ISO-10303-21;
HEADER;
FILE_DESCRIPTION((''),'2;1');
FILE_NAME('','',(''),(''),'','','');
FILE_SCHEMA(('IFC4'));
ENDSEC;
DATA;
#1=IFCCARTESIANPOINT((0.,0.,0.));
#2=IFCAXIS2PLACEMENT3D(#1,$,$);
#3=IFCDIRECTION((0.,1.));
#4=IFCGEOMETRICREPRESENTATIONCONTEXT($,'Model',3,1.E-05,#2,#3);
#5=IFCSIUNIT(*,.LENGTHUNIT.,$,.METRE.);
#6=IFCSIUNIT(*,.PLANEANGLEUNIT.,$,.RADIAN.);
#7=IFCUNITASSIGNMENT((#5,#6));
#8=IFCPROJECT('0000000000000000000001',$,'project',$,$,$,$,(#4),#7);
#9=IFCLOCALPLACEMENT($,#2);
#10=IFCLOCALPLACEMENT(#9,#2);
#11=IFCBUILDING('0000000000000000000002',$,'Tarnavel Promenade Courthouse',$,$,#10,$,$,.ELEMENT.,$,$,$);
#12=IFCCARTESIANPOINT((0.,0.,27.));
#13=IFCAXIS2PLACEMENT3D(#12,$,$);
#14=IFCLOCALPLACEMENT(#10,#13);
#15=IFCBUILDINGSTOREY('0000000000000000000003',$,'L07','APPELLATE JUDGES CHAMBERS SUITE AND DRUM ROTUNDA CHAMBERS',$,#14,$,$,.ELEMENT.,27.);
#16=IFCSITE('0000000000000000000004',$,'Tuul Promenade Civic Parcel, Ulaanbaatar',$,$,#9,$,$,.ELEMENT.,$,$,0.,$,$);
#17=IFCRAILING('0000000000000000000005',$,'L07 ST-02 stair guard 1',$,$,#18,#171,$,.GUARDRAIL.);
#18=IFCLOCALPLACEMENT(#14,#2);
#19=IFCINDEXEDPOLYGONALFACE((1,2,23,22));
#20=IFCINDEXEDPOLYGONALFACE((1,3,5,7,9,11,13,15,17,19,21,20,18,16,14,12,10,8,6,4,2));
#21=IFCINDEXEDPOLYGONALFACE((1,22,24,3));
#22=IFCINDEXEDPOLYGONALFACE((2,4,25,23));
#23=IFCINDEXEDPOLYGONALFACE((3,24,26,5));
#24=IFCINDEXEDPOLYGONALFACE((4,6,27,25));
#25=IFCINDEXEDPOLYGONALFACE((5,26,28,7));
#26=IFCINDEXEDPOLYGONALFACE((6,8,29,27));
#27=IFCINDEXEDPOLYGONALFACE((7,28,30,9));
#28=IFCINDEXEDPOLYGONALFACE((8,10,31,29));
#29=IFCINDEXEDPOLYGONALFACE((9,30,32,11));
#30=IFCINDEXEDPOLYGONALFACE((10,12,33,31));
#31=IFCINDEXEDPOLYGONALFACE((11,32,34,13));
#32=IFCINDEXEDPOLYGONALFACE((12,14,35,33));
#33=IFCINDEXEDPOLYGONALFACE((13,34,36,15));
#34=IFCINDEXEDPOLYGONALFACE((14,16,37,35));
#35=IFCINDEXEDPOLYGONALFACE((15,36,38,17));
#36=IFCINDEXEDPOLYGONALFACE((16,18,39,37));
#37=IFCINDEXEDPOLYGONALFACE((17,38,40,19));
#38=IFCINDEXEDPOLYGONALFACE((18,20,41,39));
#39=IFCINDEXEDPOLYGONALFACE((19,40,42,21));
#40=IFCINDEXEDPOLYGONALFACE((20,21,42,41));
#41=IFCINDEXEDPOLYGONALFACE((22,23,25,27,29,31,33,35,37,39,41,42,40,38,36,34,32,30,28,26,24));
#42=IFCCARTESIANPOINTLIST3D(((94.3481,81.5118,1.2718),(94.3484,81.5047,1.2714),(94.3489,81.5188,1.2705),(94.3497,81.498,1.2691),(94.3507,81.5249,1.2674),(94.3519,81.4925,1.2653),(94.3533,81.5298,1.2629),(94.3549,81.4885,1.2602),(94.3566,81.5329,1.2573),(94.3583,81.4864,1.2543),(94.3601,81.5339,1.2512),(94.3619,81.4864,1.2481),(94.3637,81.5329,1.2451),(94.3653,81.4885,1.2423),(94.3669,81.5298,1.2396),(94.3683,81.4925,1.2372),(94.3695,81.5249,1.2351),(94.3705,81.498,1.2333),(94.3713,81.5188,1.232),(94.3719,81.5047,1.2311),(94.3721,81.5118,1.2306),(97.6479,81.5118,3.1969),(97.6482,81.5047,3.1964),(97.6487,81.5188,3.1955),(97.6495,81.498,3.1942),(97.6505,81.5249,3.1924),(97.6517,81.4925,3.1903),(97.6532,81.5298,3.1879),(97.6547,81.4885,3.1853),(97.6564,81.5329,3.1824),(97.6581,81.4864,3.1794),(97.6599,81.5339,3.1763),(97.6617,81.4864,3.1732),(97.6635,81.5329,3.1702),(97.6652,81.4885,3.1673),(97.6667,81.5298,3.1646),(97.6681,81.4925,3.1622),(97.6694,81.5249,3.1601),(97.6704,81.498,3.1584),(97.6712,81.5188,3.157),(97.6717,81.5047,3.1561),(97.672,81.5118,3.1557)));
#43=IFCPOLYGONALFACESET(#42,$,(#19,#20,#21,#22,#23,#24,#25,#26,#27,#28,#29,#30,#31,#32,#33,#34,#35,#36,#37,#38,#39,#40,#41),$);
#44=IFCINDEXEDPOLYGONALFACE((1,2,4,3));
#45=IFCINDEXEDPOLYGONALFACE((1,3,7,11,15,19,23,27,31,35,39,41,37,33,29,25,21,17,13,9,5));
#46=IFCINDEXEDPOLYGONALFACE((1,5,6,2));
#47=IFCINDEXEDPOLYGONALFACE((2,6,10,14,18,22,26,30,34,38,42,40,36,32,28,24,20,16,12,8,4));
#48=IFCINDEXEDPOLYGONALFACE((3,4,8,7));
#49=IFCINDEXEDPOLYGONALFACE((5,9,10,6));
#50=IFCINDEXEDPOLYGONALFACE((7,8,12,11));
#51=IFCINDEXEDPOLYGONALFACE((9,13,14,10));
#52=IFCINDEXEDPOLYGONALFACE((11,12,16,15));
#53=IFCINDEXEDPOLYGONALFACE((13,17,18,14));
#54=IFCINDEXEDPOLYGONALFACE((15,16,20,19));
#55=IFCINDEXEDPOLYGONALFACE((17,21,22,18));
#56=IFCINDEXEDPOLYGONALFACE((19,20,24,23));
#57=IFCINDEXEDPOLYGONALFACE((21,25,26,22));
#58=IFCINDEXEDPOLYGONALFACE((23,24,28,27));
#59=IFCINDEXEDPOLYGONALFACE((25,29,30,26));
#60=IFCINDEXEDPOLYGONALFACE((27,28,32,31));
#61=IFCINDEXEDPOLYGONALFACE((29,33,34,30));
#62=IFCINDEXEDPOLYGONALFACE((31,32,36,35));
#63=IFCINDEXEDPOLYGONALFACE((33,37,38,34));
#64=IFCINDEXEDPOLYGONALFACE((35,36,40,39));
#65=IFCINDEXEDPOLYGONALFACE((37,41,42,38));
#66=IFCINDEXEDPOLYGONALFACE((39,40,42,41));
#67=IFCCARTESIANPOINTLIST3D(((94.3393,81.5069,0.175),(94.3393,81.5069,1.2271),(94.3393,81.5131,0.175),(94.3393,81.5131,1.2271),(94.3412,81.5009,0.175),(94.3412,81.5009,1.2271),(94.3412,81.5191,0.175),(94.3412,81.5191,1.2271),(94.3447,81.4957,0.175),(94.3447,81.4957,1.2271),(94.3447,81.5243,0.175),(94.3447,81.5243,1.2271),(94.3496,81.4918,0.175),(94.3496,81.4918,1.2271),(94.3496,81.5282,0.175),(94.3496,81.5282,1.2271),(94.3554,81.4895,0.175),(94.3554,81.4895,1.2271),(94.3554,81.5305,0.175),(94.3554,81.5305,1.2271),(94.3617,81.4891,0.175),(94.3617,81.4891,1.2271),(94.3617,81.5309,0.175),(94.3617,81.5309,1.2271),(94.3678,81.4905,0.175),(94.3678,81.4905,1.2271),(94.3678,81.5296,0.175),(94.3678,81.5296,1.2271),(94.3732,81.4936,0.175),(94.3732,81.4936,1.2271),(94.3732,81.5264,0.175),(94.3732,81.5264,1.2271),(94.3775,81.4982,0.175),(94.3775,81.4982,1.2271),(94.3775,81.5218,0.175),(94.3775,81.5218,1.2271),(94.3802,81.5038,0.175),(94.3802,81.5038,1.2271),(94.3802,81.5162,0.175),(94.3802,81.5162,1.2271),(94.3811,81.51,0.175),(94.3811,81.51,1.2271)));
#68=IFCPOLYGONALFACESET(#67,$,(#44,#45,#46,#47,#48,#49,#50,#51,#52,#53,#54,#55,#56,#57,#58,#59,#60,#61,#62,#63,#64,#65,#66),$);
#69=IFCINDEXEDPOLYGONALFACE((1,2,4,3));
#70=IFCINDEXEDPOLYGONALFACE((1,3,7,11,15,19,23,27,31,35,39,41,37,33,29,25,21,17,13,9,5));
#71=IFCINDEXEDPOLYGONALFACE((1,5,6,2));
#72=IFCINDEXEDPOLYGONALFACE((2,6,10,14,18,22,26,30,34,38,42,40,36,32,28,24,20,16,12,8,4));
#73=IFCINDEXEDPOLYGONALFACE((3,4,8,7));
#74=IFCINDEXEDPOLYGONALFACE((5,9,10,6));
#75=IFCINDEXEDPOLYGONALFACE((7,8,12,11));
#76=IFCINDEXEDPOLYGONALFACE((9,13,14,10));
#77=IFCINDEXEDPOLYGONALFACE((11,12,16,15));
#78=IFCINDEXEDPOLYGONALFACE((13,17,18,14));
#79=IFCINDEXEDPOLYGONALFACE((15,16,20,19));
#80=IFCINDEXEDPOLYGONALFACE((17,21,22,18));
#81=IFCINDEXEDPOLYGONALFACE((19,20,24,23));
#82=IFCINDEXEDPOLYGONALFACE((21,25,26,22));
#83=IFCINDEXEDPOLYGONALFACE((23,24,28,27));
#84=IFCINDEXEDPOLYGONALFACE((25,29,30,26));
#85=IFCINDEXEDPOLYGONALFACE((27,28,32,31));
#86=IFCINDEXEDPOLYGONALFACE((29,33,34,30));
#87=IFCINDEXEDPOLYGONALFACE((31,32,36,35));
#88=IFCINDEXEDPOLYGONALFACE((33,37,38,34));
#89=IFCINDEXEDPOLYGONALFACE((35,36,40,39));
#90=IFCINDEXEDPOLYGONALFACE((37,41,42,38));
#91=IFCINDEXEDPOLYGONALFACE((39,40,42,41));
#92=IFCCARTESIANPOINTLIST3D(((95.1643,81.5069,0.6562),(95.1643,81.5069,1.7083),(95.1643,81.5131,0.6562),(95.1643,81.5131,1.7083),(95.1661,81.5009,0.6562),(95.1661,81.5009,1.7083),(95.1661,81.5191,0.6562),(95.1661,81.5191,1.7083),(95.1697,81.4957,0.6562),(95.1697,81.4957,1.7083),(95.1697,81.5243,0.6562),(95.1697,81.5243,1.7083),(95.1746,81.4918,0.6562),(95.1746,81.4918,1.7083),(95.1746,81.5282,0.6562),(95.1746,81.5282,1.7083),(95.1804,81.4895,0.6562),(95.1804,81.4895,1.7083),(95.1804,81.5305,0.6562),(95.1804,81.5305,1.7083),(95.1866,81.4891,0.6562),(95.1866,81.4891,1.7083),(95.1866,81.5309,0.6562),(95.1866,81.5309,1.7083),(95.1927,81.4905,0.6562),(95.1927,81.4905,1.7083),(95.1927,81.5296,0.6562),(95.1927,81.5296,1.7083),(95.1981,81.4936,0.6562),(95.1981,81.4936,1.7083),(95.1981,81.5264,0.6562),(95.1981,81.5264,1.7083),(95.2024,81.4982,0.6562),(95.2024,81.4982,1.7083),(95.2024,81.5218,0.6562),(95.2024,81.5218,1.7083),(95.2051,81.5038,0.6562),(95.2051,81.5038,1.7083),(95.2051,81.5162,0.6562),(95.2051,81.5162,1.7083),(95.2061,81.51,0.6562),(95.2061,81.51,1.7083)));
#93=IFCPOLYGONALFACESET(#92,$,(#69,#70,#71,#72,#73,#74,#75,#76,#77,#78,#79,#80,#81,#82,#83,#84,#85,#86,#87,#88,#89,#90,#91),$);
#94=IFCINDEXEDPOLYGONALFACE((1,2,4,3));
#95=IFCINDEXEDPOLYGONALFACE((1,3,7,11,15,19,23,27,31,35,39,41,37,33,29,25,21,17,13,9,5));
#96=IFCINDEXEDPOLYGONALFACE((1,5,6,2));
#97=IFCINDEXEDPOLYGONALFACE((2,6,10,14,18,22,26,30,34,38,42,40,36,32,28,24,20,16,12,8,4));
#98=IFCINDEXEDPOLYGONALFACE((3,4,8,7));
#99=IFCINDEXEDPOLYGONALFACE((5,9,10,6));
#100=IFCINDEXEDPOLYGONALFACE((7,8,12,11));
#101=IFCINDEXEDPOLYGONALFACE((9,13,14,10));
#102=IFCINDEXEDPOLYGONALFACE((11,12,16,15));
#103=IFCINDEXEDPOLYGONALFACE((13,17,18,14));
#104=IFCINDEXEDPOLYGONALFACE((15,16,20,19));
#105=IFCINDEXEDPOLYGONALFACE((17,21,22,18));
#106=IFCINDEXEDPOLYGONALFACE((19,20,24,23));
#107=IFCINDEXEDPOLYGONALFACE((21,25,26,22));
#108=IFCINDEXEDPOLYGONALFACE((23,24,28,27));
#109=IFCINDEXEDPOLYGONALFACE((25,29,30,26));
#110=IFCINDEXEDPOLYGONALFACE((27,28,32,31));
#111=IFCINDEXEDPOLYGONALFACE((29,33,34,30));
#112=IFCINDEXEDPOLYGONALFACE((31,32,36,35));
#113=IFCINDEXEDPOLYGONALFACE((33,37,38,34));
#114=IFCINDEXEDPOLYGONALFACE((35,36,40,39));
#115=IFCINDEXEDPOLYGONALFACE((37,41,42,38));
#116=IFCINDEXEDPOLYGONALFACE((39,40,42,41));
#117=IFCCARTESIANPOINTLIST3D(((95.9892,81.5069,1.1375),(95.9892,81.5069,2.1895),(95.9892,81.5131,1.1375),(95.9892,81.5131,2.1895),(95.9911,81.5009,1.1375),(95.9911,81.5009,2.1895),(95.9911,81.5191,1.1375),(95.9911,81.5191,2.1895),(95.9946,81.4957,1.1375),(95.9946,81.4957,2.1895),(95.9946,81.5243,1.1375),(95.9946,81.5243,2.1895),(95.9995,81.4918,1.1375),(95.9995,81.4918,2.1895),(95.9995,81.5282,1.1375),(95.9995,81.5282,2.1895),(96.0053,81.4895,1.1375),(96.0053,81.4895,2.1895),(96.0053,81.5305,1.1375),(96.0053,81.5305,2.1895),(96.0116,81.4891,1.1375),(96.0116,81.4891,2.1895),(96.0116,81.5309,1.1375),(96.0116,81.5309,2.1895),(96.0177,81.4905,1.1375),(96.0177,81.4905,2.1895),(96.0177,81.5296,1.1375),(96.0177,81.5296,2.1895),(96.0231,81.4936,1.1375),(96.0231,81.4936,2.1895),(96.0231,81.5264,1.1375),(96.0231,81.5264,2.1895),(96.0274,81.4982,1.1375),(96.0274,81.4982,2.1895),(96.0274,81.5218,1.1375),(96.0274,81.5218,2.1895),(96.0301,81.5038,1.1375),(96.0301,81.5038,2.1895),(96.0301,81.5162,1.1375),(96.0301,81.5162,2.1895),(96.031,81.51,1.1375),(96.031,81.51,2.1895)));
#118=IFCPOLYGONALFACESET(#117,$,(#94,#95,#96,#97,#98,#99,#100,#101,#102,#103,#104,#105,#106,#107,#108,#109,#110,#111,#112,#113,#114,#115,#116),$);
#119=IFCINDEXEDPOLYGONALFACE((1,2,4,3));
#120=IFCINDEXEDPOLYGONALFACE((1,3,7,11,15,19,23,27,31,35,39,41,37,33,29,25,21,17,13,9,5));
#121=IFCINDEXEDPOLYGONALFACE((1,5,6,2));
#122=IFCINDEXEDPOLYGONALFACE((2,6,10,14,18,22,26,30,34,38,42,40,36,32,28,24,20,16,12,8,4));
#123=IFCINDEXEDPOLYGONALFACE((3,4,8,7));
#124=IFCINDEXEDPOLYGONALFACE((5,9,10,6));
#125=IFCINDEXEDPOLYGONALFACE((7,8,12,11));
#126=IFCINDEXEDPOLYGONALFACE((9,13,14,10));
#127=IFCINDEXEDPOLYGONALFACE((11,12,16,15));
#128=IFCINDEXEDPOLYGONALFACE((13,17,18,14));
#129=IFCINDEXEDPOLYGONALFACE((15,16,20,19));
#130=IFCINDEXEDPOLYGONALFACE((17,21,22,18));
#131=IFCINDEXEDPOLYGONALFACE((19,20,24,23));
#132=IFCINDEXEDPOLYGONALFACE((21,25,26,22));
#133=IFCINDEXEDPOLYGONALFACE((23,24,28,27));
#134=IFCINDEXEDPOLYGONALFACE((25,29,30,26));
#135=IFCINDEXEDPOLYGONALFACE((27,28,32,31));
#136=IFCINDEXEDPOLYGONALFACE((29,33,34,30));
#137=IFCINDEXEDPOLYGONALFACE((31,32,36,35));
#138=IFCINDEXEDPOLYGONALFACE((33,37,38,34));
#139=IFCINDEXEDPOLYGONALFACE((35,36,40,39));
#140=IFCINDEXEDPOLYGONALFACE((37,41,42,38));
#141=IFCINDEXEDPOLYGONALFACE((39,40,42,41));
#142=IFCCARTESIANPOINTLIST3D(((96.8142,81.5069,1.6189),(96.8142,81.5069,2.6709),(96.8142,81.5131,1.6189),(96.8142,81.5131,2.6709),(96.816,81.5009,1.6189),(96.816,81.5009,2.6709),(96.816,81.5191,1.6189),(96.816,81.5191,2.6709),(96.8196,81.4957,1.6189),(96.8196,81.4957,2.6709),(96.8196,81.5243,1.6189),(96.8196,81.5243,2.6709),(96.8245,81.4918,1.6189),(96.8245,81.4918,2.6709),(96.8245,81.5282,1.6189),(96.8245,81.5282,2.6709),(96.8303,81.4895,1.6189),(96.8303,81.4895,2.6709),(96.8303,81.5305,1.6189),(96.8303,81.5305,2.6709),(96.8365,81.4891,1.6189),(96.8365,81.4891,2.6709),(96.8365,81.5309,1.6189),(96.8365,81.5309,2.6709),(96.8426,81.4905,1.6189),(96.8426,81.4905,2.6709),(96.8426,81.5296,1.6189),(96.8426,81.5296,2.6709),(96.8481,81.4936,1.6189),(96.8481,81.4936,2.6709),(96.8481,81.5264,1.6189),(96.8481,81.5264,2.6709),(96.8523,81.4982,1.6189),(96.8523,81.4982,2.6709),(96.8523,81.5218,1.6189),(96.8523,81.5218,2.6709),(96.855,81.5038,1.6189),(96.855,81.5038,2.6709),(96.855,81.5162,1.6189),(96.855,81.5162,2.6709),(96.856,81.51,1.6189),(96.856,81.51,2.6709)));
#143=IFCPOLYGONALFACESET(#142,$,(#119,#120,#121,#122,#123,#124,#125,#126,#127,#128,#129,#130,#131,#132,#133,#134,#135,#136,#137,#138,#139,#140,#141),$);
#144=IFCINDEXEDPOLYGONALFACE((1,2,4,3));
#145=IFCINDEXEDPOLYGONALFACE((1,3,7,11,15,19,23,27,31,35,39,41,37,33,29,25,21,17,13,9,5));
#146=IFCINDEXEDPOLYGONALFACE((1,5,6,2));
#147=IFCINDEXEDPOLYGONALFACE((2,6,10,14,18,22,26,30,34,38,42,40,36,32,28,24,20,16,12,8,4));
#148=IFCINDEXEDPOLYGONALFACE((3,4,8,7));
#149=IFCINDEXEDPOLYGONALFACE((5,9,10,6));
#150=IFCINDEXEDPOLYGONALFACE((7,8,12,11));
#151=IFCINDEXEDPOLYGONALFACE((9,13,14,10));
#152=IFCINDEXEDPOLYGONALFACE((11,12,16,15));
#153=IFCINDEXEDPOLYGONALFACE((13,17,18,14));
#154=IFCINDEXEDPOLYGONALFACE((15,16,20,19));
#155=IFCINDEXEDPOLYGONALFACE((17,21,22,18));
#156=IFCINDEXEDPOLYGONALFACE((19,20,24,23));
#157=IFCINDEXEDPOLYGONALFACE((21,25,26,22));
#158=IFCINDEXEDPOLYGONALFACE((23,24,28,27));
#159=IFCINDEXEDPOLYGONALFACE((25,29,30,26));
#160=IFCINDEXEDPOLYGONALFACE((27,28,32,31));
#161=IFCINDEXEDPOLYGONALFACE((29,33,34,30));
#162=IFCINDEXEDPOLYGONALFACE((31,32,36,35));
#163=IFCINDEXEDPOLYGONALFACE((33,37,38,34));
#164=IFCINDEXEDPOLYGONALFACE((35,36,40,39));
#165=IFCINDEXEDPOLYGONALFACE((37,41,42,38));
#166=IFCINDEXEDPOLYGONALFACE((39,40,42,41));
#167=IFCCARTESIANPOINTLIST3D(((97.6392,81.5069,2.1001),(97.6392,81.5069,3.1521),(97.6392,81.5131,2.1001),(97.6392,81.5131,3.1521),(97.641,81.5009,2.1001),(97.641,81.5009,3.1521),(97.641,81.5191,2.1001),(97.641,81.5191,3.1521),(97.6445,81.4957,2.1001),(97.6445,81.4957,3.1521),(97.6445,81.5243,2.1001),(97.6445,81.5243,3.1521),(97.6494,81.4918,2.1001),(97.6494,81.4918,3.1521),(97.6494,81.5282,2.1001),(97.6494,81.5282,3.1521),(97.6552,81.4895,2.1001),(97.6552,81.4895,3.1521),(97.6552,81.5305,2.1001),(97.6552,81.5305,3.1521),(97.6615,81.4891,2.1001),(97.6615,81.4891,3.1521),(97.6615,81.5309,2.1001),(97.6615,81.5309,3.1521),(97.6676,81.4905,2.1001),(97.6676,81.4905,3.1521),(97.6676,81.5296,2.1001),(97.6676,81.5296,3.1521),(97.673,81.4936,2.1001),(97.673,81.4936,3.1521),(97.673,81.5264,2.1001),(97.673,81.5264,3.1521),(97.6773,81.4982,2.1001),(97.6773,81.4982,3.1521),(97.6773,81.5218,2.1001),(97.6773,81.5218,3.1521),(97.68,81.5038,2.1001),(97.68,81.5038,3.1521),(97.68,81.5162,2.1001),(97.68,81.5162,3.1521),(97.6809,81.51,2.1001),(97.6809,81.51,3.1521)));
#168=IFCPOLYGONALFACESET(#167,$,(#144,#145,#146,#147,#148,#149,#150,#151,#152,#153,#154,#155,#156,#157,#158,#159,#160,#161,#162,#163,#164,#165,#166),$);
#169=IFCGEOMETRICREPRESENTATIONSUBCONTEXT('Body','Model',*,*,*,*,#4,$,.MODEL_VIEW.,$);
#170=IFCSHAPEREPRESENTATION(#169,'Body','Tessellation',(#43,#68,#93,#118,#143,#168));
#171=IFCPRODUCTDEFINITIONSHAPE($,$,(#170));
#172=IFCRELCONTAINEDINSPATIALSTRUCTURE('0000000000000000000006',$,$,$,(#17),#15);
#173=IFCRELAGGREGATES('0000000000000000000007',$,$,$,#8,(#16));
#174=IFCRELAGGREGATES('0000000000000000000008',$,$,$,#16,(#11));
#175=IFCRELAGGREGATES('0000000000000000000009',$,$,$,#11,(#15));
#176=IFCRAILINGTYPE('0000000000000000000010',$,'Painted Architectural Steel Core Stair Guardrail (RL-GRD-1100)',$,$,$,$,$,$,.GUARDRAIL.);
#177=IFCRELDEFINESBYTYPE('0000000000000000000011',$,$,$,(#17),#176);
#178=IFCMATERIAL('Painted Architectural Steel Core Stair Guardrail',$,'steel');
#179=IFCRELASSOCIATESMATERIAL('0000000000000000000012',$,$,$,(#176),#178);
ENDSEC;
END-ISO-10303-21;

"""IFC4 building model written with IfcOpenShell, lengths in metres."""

from ifc_helpers import new_model, si_unit, direction, frame, origin, origin_2d, place, context, subcontext, project, spatial, circle, extrude, material, type_object, element, save


model = new_model("IFC4")

# Units and contexts
model_context = context("Model", 3, precision=1e-05, world=origin(), true_north=direction((0.0, 1.0)))
body_context = subcontext(model_context, "Body", "Model", "MODEL_VIEW")
ifc_project = project(units=[si_unit("LENGTHUNIT", "METRE"), si_unit("PLANEANGLEUNIT", "RADIAN")], contexts=[model_context])

# Site, building, storey
site_placement = place(None, origin())
site = spatial("IfcSite", under=ifc_project, at=site_placement, Name="Tuul Promenade Civic Parcel, Ulaanbaatar", CompositionType="ELEMENT", RefElevation=0.0)
building_placement = place(site_placement, origin())
building = spatial("IfcBuilding", under=site, at=building_placement, Name="Tarnavel Promenade Courthouse", CompositionType="ELEMENT")
storey_placement = place(building_placement, frame((0.0, 0.0, 27.0)))
storey = spatial("IfcBuildingStorey", under=building, at=storey_placement, Name="L07", Description="APPELLATE JUDGES CHAMBERS SUITE AND DRUM ROTUNDA CHAMBERS", CompositionType="ELEMENT", Elevation=27.0)

# Railing
ifc_material_1 = material(Name="Painted Architectural Steel Core Stair Guardrail", Category="steel")
railing_type_1 = type_object("IfcRailingType", Name="Painted Architectural Steel Core Stair Guardrail (RL-GRD-1100)", PredefinedType="GUARDRAIL", material=ifc_material_1)
railing_1_placement = place(storey_placement, frame((94.3601, 81.51, 0.175)))
element("IfcRailing", 1, at=railing_1_placement, inside=storey, type_object=railing_type_1, Name="L07 ST-02 stair guard 1", PredefinedType="GUARDRAIL", context=body_context, shape_type="SweptSolid", body=[
    extrude(circle(Radius=0.0239, at=origin_2d()), frame((0.0, 0.0, 1.0762), z_axis=(0.86376, 0.0, 0.503903), x_axis=(0.0, 1.0, 0.0)), (0.0, 0.0, 1.0), 3.8203),
    extrude(circle(Radius=0.021, at=origin_2d()), origin(), (0.0, 0.0, 1.0), 1.052),
    extrude(circle(Radius=0.021, at=origin_2d()), frame((0.825, 0.0, 0.4812)), (0.0, 0.0, 1.0), 1.052),
    extrude(circle(Radius=0.021, at=origin_2d()), frame((1.6499, 0.0, 0.9624)), (0.0, 0.0, 1.0), 1.052),
    extrude(circle(Radius=0.021, at=origin_2d()), frame((2.4749, 0.0, 1.4438)), (0.0, 0.0, 1.0), 1.052),
    extrude(circle(Radius=0.021, at=origin_2d()), frame((3.2998, 0.0, 1.925)), (0.0, 0.0, 1.0), 1.052),
])

save(model, "model.ifc")
